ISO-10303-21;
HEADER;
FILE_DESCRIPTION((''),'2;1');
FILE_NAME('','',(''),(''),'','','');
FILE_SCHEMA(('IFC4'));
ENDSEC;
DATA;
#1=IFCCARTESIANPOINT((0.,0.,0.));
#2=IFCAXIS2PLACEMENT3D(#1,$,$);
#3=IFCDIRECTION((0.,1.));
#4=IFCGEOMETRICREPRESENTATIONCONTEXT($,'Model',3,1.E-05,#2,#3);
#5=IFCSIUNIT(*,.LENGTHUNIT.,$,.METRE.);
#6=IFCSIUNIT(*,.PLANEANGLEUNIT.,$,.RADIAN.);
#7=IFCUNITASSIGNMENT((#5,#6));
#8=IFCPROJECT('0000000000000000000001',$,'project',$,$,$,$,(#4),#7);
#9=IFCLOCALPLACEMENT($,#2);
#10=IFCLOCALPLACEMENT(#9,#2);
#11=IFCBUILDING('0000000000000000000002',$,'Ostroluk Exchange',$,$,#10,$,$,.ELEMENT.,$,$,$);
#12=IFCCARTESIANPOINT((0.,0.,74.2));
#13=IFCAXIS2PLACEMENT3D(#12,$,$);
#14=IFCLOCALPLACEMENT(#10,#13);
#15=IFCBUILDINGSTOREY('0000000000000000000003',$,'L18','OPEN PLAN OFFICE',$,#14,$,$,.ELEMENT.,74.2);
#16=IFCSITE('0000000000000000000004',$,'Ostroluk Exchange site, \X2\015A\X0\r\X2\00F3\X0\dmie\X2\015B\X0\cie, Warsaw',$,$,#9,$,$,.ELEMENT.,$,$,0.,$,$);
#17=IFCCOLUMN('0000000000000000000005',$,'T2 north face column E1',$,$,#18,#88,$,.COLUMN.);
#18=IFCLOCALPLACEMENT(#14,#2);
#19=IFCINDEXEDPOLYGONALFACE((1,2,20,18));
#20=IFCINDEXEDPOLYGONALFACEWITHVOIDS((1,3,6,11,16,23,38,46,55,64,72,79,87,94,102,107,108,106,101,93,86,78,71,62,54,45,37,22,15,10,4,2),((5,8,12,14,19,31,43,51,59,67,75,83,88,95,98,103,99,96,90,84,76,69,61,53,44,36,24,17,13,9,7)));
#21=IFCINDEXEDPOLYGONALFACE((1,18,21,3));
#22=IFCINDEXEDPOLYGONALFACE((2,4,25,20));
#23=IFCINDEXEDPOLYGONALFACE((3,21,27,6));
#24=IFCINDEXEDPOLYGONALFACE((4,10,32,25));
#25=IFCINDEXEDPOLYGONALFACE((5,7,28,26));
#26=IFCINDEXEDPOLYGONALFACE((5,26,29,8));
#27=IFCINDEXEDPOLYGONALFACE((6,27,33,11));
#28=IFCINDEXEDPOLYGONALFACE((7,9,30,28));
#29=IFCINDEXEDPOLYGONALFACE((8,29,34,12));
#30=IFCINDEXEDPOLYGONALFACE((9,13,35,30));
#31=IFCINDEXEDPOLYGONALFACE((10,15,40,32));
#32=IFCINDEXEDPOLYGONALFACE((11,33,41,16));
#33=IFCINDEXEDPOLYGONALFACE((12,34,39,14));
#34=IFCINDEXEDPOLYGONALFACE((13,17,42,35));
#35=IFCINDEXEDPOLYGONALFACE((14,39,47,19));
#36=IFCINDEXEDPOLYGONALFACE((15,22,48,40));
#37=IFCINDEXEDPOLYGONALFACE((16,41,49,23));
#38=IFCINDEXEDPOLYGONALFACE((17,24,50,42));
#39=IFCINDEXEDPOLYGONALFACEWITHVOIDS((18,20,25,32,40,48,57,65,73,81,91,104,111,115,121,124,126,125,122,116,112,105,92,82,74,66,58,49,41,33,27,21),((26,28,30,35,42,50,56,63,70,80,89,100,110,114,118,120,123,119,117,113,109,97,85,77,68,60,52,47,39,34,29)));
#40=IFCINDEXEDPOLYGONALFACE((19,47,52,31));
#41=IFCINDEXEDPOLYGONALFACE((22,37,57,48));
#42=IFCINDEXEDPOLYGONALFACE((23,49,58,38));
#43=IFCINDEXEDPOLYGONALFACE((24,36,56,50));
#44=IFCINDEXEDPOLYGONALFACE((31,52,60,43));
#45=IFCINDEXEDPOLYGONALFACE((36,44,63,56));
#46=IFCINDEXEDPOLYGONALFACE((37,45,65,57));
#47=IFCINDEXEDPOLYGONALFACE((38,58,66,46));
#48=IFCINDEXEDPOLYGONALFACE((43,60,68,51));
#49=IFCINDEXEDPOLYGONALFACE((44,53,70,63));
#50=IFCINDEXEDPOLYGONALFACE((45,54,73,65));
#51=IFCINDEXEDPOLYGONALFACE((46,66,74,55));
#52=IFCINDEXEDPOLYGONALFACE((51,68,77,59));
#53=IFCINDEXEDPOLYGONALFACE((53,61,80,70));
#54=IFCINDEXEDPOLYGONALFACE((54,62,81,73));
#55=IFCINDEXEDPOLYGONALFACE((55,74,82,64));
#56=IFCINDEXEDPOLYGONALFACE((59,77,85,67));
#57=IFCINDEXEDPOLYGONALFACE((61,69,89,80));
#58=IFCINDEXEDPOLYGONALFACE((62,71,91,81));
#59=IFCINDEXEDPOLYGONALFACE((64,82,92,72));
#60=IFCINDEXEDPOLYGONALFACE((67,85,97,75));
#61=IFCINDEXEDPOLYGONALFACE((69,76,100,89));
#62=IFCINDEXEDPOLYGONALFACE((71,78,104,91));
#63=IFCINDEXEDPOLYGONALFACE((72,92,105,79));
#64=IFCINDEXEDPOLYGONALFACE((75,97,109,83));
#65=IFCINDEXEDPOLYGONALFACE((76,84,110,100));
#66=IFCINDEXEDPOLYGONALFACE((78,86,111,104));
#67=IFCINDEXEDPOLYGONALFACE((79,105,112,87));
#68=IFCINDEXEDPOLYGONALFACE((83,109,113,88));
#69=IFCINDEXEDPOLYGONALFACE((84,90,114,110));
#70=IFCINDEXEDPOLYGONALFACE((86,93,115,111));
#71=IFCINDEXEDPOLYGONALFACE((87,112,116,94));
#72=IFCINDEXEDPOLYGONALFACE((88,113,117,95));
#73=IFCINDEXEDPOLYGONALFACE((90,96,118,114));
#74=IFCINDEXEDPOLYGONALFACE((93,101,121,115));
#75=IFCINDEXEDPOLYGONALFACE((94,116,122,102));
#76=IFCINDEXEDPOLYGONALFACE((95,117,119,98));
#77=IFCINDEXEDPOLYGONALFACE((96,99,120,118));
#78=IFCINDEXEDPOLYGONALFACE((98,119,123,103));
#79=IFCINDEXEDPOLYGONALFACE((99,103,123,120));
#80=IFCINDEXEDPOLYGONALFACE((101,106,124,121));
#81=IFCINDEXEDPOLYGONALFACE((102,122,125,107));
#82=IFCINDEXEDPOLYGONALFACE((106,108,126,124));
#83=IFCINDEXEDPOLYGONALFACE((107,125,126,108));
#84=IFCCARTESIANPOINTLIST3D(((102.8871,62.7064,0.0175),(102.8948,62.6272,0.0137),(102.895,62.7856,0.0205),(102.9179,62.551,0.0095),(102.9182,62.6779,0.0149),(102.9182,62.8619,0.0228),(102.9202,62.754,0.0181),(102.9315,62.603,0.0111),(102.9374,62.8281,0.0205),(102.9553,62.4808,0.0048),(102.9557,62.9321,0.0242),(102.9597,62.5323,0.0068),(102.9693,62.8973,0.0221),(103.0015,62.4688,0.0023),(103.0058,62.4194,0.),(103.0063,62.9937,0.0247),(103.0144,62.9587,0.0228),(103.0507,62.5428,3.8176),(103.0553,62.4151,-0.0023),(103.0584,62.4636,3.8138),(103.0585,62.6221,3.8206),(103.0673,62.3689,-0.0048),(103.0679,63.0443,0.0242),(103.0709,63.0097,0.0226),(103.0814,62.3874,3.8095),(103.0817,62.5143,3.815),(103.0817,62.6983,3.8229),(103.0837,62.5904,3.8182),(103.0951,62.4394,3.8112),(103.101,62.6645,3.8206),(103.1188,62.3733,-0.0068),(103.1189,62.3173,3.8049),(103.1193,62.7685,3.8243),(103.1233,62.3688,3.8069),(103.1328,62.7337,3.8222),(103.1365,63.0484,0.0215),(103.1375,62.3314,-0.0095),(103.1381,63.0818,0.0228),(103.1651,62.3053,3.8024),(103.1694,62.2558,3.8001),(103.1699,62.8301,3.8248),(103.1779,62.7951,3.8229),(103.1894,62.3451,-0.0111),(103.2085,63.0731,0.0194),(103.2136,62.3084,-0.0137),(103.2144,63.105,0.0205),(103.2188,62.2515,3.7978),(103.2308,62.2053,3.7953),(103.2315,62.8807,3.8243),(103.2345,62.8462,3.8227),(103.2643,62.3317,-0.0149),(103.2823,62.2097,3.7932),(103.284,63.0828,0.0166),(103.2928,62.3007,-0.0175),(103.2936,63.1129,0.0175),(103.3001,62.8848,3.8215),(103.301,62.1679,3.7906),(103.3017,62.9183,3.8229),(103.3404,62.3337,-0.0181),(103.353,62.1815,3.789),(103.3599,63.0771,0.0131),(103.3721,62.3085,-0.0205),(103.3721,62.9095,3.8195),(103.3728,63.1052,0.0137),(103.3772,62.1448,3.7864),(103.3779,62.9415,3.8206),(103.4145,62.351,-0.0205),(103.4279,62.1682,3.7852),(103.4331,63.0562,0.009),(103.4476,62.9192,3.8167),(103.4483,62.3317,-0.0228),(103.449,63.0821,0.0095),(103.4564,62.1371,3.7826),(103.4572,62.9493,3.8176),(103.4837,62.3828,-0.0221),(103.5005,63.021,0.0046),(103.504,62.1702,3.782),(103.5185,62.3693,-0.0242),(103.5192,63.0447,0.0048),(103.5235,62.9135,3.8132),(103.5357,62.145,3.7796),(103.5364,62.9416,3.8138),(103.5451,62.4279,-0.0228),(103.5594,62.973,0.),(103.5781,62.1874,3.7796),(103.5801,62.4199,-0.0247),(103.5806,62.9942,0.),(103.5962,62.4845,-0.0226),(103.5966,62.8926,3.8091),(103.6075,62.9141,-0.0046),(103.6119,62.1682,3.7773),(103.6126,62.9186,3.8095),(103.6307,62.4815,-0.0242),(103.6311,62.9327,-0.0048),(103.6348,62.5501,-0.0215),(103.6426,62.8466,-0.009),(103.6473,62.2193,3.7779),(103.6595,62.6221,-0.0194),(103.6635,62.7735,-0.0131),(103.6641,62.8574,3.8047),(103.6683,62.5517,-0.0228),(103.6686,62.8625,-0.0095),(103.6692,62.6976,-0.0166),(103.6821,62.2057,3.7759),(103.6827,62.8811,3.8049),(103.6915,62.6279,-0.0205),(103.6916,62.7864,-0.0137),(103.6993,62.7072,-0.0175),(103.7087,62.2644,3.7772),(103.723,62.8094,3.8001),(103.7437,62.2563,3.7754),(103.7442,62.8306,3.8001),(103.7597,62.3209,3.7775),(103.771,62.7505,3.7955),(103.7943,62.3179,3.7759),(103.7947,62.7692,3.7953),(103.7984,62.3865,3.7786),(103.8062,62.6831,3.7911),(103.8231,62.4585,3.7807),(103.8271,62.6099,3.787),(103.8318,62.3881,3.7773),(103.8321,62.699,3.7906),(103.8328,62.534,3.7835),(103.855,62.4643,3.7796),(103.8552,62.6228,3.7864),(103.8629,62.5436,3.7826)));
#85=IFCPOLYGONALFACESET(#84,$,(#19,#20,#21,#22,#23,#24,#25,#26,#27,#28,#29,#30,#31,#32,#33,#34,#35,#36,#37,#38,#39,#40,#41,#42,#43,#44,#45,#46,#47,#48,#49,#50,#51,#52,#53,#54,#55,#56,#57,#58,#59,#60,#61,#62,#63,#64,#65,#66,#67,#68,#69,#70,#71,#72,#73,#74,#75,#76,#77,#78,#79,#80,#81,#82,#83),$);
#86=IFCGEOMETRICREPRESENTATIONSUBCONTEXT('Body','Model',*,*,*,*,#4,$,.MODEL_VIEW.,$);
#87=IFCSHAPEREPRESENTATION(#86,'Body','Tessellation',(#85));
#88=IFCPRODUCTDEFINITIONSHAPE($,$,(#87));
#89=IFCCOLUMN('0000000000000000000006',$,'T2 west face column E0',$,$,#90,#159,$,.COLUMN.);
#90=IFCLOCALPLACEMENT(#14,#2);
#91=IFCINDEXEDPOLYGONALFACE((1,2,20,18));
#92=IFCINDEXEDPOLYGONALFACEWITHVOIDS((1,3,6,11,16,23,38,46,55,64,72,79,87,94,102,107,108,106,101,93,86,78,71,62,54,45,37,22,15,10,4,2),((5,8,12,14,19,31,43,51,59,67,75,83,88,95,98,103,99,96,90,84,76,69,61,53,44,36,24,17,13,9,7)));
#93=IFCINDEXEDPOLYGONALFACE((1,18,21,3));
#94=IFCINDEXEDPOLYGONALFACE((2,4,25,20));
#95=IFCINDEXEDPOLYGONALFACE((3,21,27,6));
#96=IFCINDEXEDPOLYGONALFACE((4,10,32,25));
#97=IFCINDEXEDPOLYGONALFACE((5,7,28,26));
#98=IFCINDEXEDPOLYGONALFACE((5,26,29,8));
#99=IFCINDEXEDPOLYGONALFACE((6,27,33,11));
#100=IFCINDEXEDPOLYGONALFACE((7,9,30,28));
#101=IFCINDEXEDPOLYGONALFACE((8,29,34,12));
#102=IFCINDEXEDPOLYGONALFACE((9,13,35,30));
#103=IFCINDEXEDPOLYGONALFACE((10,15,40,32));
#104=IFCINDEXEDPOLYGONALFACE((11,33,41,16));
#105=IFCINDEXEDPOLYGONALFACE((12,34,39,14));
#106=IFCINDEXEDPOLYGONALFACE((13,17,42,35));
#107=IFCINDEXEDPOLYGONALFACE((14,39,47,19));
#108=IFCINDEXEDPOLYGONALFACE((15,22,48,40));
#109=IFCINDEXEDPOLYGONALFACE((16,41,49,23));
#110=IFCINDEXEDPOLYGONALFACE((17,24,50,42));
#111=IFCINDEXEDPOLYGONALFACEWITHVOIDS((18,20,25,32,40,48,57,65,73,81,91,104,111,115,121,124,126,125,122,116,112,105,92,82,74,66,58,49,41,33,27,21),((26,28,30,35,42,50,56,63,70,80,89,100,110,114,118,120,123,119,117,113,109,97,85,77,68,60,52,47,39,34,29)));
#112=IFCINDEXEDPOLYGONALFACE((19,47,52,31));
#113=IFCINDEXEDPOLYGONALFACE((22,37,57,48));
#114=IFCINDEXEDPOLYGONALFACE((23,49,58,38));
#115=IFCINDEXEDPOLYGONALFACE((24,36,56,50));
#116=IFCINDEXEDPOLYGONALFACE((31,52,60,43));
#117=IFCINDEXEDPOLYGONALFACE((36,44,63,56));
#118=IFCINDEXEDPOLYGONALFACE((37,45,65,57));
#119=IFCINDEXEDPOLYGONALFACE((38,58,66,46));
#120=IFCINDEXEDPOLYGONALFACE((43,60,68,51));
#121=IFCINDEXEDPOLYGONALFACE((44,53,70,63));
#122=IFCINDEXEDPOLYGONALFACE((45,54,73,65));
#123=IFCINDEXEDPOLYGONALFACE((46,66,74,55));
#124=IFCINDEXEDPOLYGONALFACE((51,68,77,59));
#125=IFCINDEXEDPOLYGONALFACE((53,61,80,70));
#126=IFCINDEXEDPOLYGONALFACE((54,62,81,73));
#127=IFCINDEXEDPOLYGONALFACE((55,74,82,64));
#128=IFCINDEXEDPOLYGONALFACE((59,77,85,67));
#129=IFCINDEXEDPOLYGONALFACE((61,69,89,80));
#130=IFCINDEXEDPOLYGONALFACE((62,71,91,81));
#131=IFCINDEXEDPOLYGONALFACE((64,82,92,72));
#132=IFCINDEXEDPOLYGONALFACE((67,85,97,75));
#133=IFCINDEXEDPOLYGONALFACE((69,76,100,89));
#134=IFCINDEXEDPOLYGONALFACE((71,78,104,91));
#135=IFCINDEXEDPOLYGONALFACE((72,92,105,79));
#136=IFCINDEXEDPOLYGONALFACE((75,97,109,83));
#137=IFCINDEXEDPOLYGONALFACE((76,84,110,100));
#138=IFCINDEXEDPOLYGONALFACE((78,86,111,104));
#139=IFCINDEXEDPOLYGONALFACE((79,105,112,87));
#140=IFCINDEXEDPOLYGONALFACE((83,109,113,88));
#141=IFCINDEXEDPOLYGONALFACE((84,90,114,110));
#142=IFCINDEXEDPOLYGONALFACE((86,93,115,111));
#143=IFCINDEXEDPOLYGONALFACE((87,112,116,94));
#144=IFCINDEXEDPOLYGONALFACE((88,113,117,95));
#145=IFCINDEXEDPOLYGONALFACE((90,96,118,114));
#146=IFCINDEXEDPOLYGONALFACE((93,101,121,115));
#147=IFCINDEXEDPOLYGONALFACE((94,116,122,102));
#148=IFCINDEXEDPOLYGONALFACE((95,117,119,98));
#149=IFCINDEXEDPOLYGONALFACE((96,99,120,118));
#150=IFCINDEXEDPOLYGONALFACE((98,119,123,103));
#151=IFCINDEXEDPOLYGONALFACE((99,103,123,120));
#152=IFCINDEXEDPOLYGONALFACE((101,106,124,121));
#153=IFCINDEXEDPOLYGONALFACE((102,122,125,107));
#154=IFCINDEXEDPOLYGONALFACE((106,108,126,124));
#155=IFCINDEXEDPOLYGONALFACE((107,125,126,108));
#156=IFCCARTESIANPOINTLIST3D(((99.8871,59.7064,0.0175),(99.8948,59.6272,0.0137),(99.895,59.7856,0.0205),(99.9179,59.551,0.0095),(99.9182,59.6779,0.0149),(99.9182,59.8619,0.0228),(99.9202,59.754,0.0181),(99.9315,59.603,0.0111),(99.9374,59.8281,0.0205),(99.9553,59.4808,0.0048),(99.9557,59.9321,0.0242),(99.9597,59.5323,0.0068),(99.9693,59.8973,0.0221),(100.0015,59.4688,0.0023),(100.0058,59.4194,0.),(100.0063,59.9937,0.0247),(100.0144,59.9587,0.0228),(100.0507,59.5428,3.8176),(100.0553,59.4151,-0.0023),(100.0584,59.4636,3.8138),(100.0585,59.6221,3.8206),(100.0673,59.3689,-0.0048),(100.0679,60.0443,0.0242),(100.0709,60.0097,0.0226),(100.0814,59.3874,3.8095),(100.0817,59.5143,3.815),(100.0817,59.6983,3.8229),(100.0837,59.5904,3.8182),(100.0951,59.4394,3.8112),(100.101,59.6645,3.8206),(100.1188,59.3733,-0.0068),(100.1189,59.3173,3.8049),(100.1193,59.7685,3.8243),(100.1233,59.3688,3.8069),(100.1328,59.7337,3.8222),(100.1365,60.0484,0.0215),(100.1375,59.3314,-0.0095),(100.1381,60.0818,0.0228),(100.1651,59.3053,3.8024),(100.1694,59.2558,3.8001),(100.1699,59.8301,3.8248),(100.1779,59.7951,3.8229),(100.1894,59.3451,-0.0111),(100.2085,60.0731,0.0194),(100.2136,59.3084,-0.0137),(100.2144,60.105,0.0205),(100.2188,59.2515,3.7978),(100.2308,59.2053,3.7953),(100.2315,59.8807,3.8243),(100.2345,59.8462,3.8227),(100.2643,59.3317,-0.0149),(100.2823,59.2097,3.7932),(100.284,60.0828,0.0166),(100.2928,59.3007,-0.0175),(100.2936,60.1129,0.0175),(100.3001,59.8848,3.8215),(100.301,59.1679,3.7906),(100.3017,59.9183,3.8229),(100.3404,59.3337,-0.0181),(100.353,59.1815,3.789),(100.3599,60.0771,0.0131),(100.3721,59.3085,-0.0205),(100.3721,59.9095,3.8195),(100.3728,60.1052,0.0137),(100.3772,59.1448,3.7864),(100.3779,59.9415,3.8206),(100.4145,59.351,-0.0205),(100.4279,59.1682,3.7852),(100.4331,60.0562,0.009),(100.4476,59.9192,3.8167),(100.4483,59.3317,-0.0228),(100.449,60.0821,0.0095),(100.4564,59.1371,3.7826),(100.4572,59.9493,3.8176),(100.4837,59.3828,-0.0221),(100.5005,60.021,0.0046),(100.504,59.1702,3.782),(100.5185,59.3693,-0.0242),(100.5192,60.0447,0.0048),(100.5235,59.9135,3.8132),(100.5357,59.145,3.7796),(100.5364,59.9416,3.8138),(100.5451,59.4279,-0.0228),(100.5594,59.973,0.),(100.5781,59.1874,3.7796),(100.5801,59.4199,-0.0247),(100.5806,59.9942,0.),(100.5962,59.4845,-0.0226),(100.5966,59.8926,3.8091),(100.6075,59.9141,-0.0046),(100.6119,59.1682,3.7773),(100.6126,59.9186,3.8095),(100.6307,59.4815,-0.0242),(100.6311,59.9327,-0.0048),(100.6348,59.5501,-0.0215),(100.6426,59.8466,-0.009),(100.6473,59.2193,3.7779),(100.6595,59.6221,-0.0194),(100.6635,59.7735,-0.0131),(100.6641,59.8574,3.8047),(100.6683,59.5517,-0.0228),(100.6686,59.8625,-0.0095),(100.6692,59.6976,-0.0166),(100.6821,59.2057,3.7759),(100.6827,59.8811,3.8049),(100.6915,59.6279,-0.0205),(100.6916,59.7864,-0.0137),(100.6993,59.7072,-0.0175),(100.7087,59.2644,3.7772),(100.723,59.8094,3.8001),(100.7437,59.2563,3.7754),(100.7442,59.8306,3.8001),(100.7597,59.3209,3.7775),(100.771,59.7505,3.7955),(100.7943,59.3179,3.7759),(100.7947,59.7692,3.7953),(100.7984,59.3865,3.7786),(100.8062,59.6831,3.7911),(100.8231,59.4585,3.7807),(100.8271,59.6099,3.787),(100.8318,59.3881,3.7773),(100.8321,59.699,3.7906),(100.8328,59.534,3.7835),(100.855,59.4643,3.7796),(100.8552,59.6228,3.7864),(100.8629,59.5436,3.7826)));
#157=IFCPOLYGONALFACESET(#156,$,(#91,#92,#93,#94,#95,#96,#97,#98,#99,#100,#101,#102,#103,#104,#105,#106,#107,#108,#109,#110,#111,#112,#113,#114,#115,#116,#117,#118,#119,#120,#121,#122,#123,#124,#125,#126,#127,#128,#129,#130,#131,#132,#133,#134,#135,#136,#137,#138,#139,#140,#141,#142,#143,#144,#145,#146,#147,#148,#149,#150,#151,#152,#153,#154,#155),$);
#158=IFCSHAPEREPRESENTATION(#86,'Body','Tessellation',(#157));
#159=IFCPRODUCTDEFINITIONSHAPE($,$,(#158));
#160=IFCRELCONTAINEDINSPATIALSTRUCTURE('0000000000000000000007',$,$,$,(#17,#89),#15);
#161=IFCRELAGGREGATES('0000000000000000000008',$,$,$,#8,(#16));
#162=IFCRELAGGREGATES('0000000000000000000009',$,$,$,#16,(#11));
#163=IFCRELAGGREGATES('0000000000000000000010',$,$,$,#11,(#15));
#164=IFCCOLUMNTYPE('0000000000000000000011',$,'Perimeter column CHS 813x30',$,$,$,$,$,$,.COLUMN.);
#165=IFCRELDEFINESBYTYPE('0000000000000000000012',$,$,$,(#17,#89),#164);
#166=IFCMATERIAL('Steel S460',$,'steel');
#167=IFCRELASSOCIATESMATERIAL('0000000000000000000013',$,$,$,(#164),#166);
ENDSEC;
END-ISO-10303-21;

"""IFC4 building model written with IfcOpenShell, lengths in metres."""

from ifc_helpers import new_model, si_unit, direction, frame, origin, origin_2d, place, context, subcontext, project, spatial, hollow_circle, extrude, material, material_profile, profile_set, type_object, element, save


model = new_model("IFC4")

# Units and contexts
model_context = context("Model", 3, precision=1e-05, world=origin(), true_north=direction((0.0, 1.0)))
body_context = subcontext(model_context, "Body", "Model", "MODEL_VIEW")
ifc_project = project(units=[si_unit("LENGTHUNIT", "METRE"), si_unit("PLANEANGLEUNIT", "RADIAN")], contexts=[model_context])

# Site, building, storey
site_placement = place(None, origin())
site = spatial("IfcSite", under=ifc_project, at=site_placement, Name="Ostroluk Exchange site, Śródmieście, Warsaw", CompositionType="ELEMENT", RefElevation=0.0)
building_placement = place(site_placement, origin())
building = spatial("IfcBuilding", under=site, at=building_placement, Name="Ostroluk Exchange", CompositionType="ELEMENT")
storey_placement = place(building_placement, frame((0.0, 0.0, 74.2)))
storey = spatial("IfcBuildingStorey", under=building, at=storey_placement, Name="L18", Description="OPEN PLAN OFFICE", CompositionType="ELEMENT", Elevation=74.2)

# Columns
ifc_material_1 = material(Name="Steel S460", Category="steel")
ifc_material_profile_1 = material_profile(ifc_material_1, hollow_circle(Radius=0.4065, WallThickness=0.03, at=origin_2d()), Name="CHS 813x30")
ifc_profile_set_1 = profile_set([ifc_material_profile_1], Name="Steel S460")
column_type = type_object("IfcColumnType", Name="Perimeter column CHS 813x30", PredefinedType="COLUMN", material=ifc_profile_set_1)
for number, where, z_axis, x_axis, name in (
    (1, (103.2932, 62.7068, 0.0), (0.042966, -0.042966, 0.998152), (0.707107, 0.707107, 0.0), "T2 north face column E1"),
    (2, (100.2932, 59.7068, 0.0), (0.042966, -0.042966, 0.998152), (0.707107, 0.707107, 0.0), "T2 west face column E0"),
):
    element("IfcColumn", number, at=place(storey_placement, frame(where, z_axis=z_axis, x_axis=x_axis)), inside=storey, type_object=column_type, Name=name, PredefinedType="COLUMN", context=body_context, shape_type="SweptSolid", body=[
        extrude(hollow_circle(Radius=0.4065, WallThickness=0.03, at=origin_2d()), origin(), (0.0, 0.0, 1.0), 3.8071),
    ])

save(model, "model.ifc")
